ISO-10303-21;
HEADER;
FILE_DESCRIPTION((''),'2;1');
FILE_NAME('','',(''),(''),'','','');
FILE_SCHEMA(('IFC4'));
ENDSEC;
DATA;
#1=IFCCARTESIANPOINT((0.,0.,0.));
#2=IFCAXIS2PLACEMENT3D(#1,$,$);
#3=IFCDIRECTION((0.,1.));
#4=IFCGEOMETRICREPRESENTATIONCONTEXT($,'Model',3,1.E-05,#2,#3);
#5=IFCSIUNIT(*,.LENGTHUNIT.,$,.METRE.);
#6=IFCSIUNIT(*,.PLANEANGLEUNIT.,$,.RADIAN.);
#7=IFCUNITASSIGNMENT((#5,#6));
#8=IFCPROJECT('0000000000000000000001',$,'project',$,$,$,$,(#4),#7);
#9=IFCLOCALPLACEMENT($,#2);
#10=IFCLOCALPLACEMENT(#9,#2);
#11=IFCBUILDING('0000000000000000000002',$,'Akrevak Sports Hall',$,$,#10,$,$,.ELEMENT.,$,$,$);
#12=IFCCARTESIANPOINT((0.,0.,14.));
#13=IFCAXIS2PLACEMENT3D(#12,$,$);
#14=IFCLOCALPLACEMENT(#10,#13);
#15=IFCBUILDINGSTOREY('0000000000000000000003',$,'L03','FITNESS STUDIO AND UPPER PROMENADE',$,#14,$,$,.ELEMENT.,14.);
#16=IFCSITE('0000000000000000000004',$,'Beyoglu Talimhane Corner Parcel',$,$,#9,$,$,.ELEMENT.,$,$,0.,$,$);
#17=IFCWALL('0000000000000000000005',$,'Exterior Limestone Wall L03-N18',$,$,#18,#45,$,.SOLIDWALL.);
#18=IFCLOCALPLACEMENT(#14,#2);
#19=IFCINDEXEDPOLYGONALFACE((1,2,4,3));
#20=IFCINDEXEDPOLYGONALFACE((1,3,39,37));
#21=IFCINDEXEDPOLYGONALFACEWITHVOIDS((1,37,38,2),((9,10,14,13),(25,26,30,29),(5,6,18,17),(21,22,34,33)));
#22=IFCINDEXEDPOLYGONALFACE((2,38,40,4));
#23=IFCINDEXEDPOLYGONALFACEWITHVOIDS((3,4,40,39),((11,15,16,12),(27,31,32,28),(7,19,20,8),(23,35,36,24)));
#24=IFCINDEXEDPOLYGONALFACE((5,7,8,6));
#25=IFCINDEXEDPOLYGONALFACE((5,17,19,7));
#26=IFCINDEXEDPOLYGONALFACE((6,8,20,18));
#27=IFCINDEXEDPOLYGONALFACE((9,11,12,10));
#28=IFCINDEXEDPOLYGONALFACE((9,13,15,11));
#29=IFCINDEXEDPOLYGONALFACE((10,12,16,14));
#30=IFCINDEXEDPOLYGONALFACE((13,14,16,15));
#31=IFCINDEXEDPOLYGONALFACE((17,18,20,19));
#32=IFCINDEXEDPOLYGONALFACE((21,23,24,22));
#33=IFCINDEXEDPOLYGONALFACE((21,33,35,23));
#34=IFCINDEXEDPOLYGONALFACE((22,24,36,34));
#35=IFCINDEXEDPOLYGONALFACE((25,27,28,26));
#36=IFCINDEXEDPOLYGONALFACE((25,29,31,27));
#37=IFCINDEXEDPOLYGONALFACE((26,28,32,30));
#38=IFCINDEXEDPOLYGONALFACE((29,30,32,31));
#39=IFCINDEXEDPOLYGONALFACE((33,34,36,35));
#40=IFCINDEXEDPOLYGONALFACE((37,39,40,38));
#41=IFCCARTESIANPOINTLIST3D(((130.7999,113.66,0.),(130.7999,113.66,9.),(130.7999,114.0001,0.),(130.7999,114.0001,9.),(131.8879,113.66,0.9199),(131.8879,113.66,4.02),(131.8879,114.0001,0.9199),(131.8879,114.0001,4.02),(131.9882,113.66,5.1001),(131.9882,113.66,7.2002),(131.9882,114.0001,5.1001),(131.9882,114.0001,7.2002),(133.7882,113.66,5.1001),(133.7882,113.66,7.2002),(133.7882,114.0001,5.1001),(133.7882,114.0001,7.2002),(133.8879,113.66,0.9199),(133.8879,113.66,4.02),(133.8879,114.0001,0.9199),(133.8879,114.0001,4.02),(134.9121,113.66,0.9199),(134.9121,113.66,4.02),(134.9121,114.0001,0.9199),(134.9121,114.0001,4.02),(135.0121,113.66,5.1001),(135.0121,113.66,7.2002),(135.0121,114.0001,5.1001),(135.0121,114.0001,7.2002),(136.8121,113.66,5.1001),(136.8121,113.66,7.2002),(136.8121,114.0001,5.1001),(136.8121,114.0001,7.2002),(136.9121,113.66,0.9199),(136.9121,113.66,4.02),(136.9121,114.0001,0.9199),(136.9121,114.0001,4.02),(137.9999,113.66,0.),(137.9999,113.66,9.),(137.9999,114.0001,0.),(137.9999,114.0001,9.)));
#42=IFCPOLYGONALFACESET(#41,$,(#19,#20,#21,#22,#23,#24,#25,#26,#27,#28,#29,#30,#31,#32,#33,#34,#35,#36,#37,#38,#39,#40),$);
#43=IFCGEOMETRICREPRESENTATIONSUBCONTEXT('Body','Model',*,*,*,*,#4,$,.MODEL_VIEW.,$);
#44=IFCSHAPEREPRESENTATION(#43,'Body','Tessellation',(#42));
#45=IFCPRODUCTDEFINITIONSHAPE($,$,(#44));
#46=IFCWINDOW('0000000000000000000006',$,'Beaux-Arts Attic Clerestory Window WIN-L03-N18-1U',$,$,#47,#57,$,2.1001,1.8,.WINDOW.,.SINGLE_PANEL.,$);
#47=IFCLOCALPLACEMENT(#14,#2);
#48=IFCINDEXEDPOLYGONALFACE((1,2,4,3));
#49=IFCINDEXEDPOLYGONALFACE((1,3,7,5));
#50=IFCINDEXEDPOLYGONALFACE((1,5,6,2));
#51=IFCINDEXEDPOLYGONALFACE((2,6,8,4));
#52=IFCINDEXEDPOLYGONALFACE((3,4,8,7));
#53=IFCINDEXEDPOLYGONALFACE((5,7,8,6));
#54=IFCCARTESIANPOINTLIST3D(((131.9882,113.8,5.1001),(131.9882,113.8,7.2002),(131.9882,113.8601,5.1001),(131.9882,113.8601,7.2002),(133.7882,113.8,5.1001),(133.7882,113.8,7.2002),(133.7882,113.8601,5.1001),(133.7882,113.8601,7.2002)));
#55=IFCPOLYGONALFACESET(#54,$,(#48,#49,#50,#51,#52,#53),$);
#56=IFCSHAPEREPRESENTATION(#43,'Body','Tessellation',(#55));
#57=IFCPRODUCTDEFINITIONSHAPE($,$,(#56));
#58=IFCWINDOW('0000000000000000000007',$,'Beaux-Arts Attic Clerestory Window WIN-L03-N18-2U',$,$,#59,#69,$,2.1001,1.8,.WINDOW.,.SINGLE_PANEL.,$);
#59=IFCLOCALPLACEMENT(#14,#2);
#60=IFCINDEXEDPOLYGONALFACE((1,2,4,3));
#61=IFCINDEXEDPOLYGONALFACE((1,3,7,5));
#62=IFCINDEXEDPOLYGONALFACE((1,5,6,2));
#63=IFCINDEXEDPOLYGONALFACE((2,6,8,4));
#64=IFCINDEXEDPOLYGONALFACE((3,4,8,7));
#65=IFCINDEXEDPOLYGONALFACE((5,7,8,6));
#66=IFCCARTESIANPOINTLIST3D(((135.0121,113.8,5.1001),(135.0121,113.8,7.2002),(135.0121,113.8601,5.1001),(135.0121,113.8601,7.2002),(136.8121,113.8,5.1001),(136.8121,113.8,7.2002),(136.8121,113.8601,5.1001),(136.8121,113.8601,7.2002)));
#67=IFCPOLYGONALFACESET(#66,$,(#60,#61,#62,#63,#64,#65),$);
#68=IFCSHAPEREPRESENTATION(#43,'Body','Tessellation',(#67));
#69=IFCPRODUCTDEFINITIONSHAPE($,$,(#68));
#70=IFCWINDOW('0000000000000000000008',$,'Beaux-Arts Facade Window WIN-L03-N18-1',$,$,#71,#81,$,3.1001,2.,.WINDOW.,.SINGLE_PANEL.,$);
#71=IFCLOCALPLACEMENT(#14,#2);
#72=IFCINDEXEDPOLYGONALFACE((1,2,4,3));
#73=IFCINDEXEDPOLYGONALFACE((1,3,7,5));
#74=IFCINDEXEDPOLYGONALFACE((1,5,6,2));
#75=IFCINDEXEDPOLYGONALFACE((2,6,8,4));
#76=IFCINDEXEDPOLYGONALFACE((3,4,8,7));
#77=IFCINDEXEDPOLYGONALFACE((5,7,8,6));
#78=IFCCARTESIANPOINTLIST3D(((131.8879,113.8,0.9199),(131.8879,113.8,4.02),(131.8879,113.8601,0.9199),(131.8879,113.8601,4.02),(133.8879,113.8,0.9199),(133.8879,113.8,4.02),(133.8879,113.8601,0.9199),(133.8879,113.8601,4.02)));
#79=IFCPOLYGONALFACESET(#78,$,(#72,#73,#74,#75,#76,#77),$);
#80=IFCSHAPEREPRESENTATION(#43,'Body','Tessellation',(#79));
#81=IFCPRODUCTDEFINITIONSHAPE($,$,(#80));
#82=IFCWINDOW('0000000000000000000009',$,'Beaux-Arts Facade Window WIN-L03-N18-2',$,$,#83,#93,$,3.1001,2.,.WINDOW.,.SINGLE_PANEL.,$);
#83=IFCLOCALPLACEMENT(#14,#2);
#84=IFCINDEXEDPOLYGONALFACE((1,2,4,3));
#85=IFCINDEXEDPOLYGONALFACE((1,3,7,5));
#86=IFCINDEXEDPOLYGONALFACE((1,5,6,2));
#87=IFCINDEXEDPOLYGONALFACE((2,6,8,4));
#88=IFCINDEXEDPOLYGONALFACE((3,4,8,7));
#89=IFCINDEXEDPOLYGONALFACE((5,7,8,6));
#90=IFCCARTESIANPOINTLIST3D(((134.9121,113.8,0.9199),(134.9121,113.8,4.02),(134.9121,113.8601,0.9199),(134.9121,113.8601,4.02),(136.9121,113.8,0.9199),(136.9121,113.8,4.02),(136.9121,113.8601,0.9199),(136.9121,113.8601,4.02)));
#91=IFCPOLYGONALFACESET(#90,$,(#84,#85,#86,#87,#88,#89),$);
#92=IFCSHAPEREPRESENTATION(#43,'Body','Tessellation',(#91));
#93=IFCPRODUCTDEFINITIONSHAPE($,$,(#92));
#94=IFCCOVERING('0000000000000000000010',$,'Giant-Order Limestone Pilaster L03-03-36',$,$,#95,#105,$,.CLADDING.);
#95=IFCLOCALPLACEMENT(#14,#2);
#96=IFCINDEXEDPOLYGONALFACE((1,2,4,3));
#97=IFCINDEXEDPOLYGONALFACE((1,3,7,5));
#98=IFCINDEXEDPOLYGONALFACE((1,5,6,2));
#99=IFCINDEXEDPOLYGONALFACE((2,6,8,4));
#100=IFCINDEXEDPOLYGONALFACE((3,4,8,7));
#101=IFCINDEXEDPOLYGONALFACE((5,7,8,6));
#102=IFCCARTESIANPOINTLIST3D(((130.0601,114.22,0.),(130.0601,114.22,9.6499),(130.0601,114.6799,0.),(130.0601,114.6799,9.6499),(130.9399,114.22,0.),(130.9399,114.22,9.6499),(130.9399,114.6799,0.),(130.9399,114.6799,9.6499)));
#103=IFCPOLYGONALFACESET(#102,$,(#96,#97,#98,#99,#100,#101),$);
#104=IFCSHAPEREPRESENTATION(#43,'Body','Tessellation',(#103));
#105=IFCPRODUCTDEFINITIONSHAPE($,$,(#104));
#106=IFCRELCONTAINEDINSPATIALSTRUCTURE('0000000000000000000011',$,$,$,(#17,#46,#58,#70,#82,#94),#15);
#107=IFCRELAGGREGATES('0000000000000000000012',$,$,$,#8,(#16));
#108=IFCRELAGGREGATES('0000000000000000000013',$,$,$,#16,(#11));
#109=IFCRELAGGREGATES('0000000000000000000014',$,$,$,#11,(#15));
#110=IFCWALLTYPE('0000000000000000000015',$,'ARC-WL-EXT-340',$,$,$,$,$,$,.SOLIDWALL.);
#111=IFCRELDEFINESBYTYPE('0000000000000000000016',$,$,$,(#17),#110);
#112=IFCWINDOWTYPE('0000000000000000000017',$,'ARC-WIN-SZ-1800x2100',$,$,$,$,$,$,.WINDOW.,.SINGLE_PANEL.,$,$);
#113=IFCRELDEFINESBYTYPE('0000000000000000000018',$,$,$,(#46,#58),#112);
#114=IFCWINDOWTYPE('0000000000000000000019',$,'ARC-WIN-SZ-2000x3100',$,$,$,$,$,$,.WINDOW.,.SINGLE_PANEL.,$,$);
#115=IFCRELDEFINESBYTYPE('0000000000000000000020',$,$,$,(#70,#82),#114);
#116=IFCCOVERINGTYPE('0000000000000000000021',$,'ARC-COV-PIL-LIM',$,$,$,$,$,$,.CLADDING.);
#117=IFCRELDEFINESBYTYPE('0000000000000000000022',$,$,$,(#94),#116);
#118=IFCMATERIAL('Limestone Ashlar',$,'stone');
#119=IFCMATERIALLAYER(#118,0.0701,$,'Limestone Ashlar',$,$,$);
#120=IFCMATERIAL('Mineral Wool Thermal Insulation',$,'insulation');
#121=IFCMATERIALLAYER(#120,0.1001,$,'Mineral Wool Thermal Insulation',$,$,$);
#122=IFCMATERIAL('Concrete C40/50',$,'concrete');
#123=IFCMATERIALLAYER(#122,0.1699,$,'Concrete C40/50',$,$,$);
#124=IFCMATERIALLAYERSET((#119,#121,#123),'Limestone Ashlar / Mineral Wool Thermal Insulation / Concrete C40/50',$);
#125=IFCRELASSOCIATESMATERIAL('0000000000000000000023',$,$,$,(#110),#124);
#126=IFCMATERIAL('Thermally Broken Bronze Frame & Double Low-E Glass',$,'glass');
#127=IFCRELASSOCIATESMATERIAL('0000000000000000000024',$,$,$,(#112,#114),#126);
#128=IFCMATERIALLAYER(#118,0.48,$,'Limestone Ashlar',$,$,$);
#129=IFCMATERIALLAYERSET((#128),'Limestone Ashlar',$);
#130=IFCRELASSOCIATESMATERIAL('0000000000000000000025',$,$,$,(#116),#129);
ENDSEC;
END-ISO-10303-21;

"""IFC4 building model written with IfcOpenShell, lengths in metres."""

from ifc_helpers import new_model, si_unit, direction, frame, frame_2d, origin, origin_2d, place, context, subcontext, project, spatial, rectangle, extrude, material, layer, layer_set, type_object, element, fill, save


model = new_model("IFC4")

# Units and contexts
model_context = context("Model", 3, precision=1e-05, world=origin(), true_north=direction((0.0, 1.0)))
body_context = subcontext(model_context, "Body", "Model", "MODEL_VIEW")
ifc_project = project(units=[si_unit("LENGTHUNIT", "METRE"), si_unit("PLANEANGLEUNIT", "RADIAN")], contexts=[model_context])

# Site, building, storey
site_placement = place(None, origin())
site = spatial("IfcSite", under=ifc_project, at=site_placement, Name="Beyoglu Talimhane Corner Parcel", CompositionType="ELEMENT", RefElevation=0.0)
building_placement = place(site_placement, origin())
building = spatial("IfcBuilding", under=site, at=building_placement, Name="Akrevak Sports Hall", CompositionType="ELEMENT")
storey_placement = place(building_placement, frame((0.0, 0.0, 14.0)))
storey = spatial("IfcBuildingStorey", under=building, at=storey_placement, Name="L03", Description="FITNESS STUDIO AND UPPER PROMENADE", CompositionType="ELEMENT", Elevation=14.0)

# Shared definitions
ifc_material_1 = material(Name="Concrete C40/50", Category="concrete")

# Wall, openings, windows
ifc_material_2 = material(Name="Limestone Ashlar", Category="stone")
ifc_layer_1 = layer(ifc_material_2, 0.0701, Name="Limestone Ashlar")
ifc_material_3 = material(Name="Mineral Wool Thermal Insulation", Category="insulation")
ifc_layer_2 = layer(ifc_material_3, 0.1001, Name="Mineral Wool Thermal Insulation")
ifc_layer_3 = layer(ifc_material_1, 0.1699, Name="Concrete C40/50")
ifc_layer_set_1 = layer_set([ifc_layer_1, ifc_layer_2, ifc_layer_3], Name="Limestone Ashlar / Mineral Wool Thermal Insulation / Concrete C40/50")
wall_type = type_object("IfcWallType", Name="ARC-WL-EXT-340", PredefinedType="SOLIDWALL", material=ifc_layer_set_1)
ifc_material_4 = material(Name="Thermally Broken Bronze Frame & Double Low-E Glass", Category="glass")
window_type_1 = type_object("IfcWindowType", Name="ARC-WIN-SZ-1800x2100", PartitioningType="SINGLE_PANEL", PredefinedType="WINDOW", material=ifc_material_4)
window_type_2 = type_object("IfcWindowType", Name="ARC-WIN-SZ-2000x3100", PartitioningType="SINGLE_PANEL", PredefinedType="WINDOW", material=ifc_material_4)
wall_1_placement = place(storey_placement, frame((138.0, 113.8301, 0.0), z_axis=(0.0, 0.0, 1.0), x_axis=(-1.0, 0.0, 0.0)))
wall_1 = element("IfcWall", 1, at=wall_1_placement, inside=storey, type_object=wall_type, Name="Exterior Limestone Wall L03-N18", PredefinedType="SOLIDWALL", context=body_context, shape_type="SweptSolid", body=[
    extrude(rectangle(XDim=7.2, YDim=0.3401, at=frame_2d((3.6001, 0.0))), origin(), (0.0, 0.0, 1.0), 9.0),
])
opening_1_placement = place(wall_1_placement, frame((4.1121, 0.0, 0.9199)))
opening_1 = element("IfcOpeningElement", 2, at=opening_1_placement, cuts=wall_1, PredefinedType="OPENING", context=body_context, shape_type="SweptSolid", body=[
    extrude(rectangle(XDim=2.0, YDim=3.1001, at=frame_2d((1.0, 1.55))), frame((0.0, 0.1821, 0.0), z_axis=(0.0, -1.0, 0.0), x_axis=(1.0, 0.0, 0.0)), (0.0, 0.0, 1.0), 0.364),
])
opening_2_placement = place(wall_1_placement, frame((4.2119, 0.0, 5.1001)))
opening_2 = element("IfcOpeningElement", 3, at=opening_2_placement, cuts=wall_1, PredefinedType="OPENING", context=body_context, shape_type="SweptSolid", body=[
    extrude(rectangle(XDim=1.8, YDim=2.1001, at=frame_2d((0.8999, 1.05))), frame((0.0, 0.1821, 0.0), z_axis=(0.0, -1.0, 0.0), x_axis=(1.0, 0.0, 0.0)), (0.0, 0.0, 1.0), 0.364),
])
opening_3_placement = place(wall_1_placement, frame((1.0879, 0.0, 0.9199)))
opening_3 = element("IfcOpeningElement", 4, at=opening_3_placement, cuts=wall_1, PredefinedType="OPENING", context=body_context, shape_type="SweptSolid", body=[
    extrude(rectangle(XDim=2.0, YDim=3.1001, at=frame_2d((1.0, 1.55))), frame((0.0, 0.1821, 0.0), z_axis=(0.0, -1.0, 0.0), x_axis=(1.0, 0.0, 0.0)), (0.0, 0.0, 1.0), 0.364),
])
opening_4_placement = place(wall_1_placement, frame((1.188, 0.0, 5.1001)))
opening_4 = element("IfcOpeningElement", 5, at=opening_4_placement, cuts=wall_1, PredefinedType="OPENING", context=body_context, shape_type="SweptSolid", body=[
    extrude(rectangle(XDim=1.8, YDim=2.1001, at=frame_2d((0.8999, 1.05))), frame((0.0, 0.1821, 0.0), z_axis=(0.0, -1.0, 0.0), x_axis=(1.0, 0.0, 0.0)), (0.0, 0.0, 1.0), 0.364),
])
window_1_placement = place(opening_2_placement, origin())
window_1 = element("IfcWindow", 6, at=window_1_placement, inside=storey, type_object=window_type_1, Name="Beaux-Arts Attic Clerestory Window WIN-L03-N18-1U", OverallHeight=2.1001, OverallWidth=1.8, PartitioningType="SINGLE_PANEL", PredefinedType="WINDOW", context=body_context, shape_type="SweptSolid", body=[
    extrude(rectangle(XDim=1.8, YDim=2.1001, at=frame_2d((0.8999, 1.05))), frame((0.0, 0.03, 0.0), z_axis=(0.0, -1.0, 0.0), x_axis=(1.0, 0.0, 0.0)), (0.0, 0.0, 1.0), 0.0601),
])
fill(opening_2, window_1)
window_2_placement = place(opening_4_placement, origin())
window_2 = element("IfcWindow", 7, at=window_2_placement, inside=storey, type_object=window_type_1, Name="Beaux-Arts Attic Clerestory Window WIN-L03-N18-2U", OverallHeight=2.1001, OverallWidth=1.8, PartitioningType="SINGLE_PANEL", PredefinedType="WINDOW", context=body_context, shape_type="SweptSolid", body=[
    extrude(rectangle(XDim=1.8, YDim=2.1001, at=frame_2d((0.8999, 1.05))), frame((0.0, 0.03, 0.0), z_axis=(0.0, -1.0, 0.0), x_axis=(1.0, 0.0, 0.0)), (0.0, 0.0, 1.0), 0.0601),
])
fill(opening_4, window_2)
window_3_placement = place(opening_1_placement, origin())
window_3 = element("IfcWindow", 8, at=window_3_placement, inside=storey, type_object=window_type_2, Name="Beaux-Arts Facade Window WIN-L03-N18-1", OverallHeight=3.1001, OverallWidth=2.0, PartitioningType="SINGLE_PANEL", PredefinedType="WINDOW", context=body_context, shape_type="SweptSolid", body=[
    extrude(rectangle(XDim=2.0, YDim=3.1001, at=frame_2d((1.0, 1.55))), frame((0.0, 0.03, 0.0), z_axis=(0.0, -1.0, 0.0), x_axis=(1.0, 0.0, 0.0)), (0.0, 0.0, 1.0), 0.0601),
])
fill(opening_1, window_3)
window_4_placement = place(opening_3_placement, origin())
window_4 = element("IfcWindow", 9, at=window_4_placement, inside=storey, type_object=window_type_2, Name="Beaux-Arts Facade Window WIN-L03-N18-2", OverallHeight=3.1001, OverallWidth=2.0, PartitioningType="SINGLE_PANEL", PredefinedType="WINDOW", context=body_context, shape_type="SweptSolid", body=[
    extrude(rectangle(XDim=2.0, YDim=3.1001, at=frame_2d((1.0, 1.55))), frame((0.0, 0.03, 0.0), z_axis=(0.0, -1.0, 0.0), x_axis=(1.0, 0.0, 0.0)), (0.0, 0.0, 1.0), 0.0601),
])
fill(opening_3, window_4)

# Covering
ifc_layer_4 = layer(ifc_material_2, 0.48, Name="Limestone Ashlar")
ifc_layer_set_2 = layer_set([ifc_layer_4], Name="Limestone Ashlar")
covering_type = type_object("IfcCoveringType", Name="ARC-COV-PIL-LIM", PredefinedType="CLADDING", material=ifc_layer_set_2)
covering_placement = place(storey_placement, frame((130.5, 114.45, 0.0), z_axis=(0.0, 0.0, 1.0), x_axis=(-1.0, 0.0, 0.0)))
element("IfcCovering", 10, at=covering_placement, inside=storey, type_object=covering_type, Name="Giant-Order Limestone Pilaster L03-03-36", PredefinedType="CLADDING", context=body_context, shape_type="SweptSolid", body=[
    extrude(rectangle(XDim=0.8799, YDim=0.46, at=origin_2d()), origin(), (0.0, 0.0, 1.0), 9.6499),
])

save(model, "model.ifc")
